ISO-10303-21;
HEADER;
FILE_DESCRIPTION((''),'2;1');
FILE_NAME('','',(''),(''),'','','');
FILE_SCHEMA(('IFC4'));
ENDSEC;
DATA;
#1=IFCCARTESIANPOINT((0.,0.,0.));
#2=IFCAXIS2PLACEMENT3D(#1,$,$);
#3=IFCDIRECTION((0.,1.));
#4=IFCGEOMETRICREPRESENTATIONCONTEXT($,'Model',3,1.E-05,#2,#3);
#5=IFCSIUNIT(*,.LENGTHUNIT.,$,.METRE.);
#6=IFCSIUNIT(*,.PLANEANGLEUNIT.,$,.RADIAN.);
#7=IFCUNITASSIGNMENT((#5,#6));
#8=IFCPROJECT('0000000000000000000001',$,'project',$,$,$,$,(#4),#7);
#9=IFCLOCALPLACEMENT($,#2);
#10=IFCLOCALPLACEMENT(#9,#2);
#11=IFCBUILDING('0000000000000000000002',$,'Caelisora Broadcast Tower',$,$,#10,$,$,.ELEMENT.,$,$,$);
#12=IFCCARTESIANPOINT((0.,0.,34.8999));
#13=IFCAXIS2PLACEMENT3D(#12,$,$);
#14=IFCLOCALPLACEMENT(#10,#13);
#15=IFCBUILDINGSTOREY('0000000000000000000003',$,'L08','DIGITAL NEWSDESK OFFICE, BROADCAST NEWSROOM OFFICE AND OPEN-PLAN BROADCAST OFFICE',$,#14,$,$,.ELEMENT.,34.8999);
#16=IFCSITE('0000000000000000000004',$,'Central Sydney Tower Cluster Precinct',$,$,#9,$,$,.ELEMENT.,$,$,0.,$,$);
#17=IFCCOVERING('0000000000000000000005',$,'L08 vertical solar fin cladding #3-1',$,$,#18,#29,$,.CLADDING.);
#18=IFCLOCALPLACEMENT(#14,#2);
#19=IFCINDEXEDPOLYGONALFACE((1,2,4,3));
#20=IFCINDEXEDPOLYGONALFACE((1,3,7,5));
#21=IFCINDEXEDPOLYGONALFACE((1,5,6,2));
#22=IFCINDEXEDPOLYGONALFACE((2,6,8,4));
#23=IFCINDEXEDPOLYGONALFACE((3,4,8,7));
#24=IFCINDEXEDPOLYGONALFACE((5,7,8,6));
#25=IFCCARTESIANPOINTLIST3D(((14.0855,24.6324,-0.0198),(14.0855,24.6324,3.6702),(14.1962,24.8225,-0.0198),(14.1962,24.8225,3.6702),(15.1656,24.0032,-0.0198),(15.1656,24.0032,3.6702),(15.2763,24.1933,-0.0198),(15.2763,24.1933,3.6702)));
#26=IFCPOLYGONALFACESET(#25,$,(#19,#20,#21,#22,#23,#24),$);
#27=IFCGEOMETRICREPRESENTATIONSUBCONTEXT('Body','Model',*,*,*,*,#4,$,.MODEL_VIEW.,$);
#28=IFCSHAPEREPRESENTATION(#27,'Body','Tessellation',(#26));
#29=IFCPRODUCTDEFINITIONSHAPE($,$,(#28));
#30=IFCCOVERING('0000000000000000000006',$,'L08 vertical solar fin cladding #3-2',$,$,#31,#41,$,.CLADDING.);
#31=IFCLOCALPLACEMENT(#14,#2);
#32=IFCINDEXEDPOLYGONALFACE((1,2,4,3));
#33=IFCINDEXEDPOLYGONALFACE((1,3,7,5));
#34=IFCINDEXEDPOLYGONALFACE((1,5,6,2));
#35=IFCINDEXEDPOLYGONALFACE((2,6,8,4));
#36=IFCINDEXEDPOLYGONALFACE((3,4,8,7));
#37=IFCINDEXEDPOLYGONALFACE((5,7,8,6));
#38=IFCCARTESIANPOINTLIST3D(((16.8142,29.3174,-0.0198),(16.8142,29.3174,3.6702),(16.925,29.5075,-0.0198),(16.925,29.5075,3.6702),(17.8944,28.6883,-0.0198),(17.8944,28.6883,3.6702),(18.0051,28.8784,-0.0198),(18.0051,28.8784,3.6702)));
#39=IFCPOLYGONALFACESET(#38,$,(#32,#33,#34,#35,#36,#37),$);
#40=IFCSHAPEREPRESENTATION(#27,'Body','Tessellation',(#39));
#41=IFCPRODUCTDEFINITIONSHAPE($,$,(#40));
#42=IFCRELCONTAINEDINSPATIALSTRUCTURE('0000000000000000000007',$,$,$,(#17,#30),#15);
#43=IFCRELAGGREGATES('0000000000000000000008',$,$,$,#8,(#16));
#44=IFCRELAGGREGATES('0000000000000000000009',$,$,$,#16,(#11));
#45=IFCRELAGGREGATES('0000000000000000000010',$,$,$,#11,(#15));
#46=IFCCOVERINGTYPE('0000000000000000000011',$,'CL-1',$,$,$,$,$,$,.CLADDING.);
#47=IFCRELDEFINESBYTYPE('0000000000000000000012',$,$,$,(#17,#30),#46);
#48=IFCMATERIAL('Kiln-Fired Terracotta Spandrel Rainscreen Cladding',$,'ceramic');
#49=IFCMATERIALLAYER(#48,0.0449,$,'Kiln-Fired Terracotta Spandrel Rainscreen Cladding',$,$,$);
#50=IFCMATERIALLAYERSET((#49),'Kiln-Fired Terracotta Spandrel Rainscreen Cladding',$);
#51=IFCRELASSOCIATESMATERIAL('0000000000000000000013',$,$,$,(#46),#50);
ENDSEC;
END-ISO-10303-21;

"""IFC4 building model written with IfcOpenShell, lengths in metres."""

from ifc_helpers import new_model, si_unit, direction, frame, origin, origin_2d, place, context, subcontext, project, spatial, rectangle, extrude, source, transform, mapped, material, layer, layer_set, type_object, type_shapes, element, save


model = new_model("IFC4")

# Units and contexts
model_context = context("Model", 3, precision=1e-05, world=origin(), true_north=direction((0.0, 1.0)))
body_context = subcontext(model_context, "Body", "Model", "MODEL_VIEW")
ifc_project = project(units=[si_unit("LENGTHUNIT", "METRE"), si_unit("PLANEANGLEUNIT", "RADIAN")], contexts=[model_context])

# Site, building, storey
site_placement = place(None, origin())
site = spatial("IfcSite", under=ifc_project, at=site_placement, Name="Central Sydney Tower Cluster Precinct", CompositionType="ELEMENT", RefElevation=0.0)
building_placement = place(site_placement, origin())
building = spatial("IfcBuilding", under=site, at=building_placement, Name="Caelisora Broadcast Tower", CompositionType="ELEMENT")
storey_placement = place(building_placement, frame((0.0, 0.0, 34.8999)))
storey = spatial("IfcBuildingStorey", under=building, at=storey_placement, Name="L08", Description="DIGITAL NEWSDESK OFFICE, BROADCAST NEWSROOM OFFICE AND OPEN-PLAN BROADCAST OFFICE", CompositionType="ELEMENT", Elevation=34.8999)

# Coverings
ifc_material_1 = material(Name="Kiln-Fired Terracotta Spandrel Rainscreen Cladding", Category="ceramic")
ifc_layer_1 = layer(ifc_material_1, 0.0449, Name="Kiln-Fired Terracotta Spandrel Rainscreen Cladding")
ifc_layer_set_1 = layer_set([ifc_layer_1], Name="Kiln-Fired Terracotta Spandrel Rainscreen Cladding")
covering_type = type_object("IfcCoveringType", Name="CL-1", PredefinedType="CLADDING", material=ifc_layer_set_1)
shared_shape_1 = source(origin(), body_context, "Body", "SweptSolid", [
    extrude(rectangle(XDim=0.22, YDim=1.25, at=origin_2d()), origin(), (0.0, 0.0, 1.0), 3.6899),
])
type_shapes(covering_type, [shared_shape_1])
for number, where, z_axis, x_axis, name in (
    (1, (14.6809, 24.4128, -0.0198), (0.0, 0.0, 1.0), (0.503322, 0.864099, 0.0), "L08 vertical solar fin cladding #3-1"),
    (2, (17.4097, 29.0979, -0.0198), (0.0, 0.0, 1.0), (0.503322, 0.864099, 0.0), "L08 vertical solar fin cladding #3-2"),
):
    element("IfcCovering", number, at=place(storey_placement, frame(where, z_axis=z_axis, x_axis=x_axis)), inside=storey, type_object=covering_type, Name=name, PredefinedType="CLADDING", context=body_context, shape_type="MappedRepresentation", body=[
        mapped(shared_shape_1, transform((0.0, 0.0, 0.0), scale=1.0)),
    ])

save(model, "model.ifc")
